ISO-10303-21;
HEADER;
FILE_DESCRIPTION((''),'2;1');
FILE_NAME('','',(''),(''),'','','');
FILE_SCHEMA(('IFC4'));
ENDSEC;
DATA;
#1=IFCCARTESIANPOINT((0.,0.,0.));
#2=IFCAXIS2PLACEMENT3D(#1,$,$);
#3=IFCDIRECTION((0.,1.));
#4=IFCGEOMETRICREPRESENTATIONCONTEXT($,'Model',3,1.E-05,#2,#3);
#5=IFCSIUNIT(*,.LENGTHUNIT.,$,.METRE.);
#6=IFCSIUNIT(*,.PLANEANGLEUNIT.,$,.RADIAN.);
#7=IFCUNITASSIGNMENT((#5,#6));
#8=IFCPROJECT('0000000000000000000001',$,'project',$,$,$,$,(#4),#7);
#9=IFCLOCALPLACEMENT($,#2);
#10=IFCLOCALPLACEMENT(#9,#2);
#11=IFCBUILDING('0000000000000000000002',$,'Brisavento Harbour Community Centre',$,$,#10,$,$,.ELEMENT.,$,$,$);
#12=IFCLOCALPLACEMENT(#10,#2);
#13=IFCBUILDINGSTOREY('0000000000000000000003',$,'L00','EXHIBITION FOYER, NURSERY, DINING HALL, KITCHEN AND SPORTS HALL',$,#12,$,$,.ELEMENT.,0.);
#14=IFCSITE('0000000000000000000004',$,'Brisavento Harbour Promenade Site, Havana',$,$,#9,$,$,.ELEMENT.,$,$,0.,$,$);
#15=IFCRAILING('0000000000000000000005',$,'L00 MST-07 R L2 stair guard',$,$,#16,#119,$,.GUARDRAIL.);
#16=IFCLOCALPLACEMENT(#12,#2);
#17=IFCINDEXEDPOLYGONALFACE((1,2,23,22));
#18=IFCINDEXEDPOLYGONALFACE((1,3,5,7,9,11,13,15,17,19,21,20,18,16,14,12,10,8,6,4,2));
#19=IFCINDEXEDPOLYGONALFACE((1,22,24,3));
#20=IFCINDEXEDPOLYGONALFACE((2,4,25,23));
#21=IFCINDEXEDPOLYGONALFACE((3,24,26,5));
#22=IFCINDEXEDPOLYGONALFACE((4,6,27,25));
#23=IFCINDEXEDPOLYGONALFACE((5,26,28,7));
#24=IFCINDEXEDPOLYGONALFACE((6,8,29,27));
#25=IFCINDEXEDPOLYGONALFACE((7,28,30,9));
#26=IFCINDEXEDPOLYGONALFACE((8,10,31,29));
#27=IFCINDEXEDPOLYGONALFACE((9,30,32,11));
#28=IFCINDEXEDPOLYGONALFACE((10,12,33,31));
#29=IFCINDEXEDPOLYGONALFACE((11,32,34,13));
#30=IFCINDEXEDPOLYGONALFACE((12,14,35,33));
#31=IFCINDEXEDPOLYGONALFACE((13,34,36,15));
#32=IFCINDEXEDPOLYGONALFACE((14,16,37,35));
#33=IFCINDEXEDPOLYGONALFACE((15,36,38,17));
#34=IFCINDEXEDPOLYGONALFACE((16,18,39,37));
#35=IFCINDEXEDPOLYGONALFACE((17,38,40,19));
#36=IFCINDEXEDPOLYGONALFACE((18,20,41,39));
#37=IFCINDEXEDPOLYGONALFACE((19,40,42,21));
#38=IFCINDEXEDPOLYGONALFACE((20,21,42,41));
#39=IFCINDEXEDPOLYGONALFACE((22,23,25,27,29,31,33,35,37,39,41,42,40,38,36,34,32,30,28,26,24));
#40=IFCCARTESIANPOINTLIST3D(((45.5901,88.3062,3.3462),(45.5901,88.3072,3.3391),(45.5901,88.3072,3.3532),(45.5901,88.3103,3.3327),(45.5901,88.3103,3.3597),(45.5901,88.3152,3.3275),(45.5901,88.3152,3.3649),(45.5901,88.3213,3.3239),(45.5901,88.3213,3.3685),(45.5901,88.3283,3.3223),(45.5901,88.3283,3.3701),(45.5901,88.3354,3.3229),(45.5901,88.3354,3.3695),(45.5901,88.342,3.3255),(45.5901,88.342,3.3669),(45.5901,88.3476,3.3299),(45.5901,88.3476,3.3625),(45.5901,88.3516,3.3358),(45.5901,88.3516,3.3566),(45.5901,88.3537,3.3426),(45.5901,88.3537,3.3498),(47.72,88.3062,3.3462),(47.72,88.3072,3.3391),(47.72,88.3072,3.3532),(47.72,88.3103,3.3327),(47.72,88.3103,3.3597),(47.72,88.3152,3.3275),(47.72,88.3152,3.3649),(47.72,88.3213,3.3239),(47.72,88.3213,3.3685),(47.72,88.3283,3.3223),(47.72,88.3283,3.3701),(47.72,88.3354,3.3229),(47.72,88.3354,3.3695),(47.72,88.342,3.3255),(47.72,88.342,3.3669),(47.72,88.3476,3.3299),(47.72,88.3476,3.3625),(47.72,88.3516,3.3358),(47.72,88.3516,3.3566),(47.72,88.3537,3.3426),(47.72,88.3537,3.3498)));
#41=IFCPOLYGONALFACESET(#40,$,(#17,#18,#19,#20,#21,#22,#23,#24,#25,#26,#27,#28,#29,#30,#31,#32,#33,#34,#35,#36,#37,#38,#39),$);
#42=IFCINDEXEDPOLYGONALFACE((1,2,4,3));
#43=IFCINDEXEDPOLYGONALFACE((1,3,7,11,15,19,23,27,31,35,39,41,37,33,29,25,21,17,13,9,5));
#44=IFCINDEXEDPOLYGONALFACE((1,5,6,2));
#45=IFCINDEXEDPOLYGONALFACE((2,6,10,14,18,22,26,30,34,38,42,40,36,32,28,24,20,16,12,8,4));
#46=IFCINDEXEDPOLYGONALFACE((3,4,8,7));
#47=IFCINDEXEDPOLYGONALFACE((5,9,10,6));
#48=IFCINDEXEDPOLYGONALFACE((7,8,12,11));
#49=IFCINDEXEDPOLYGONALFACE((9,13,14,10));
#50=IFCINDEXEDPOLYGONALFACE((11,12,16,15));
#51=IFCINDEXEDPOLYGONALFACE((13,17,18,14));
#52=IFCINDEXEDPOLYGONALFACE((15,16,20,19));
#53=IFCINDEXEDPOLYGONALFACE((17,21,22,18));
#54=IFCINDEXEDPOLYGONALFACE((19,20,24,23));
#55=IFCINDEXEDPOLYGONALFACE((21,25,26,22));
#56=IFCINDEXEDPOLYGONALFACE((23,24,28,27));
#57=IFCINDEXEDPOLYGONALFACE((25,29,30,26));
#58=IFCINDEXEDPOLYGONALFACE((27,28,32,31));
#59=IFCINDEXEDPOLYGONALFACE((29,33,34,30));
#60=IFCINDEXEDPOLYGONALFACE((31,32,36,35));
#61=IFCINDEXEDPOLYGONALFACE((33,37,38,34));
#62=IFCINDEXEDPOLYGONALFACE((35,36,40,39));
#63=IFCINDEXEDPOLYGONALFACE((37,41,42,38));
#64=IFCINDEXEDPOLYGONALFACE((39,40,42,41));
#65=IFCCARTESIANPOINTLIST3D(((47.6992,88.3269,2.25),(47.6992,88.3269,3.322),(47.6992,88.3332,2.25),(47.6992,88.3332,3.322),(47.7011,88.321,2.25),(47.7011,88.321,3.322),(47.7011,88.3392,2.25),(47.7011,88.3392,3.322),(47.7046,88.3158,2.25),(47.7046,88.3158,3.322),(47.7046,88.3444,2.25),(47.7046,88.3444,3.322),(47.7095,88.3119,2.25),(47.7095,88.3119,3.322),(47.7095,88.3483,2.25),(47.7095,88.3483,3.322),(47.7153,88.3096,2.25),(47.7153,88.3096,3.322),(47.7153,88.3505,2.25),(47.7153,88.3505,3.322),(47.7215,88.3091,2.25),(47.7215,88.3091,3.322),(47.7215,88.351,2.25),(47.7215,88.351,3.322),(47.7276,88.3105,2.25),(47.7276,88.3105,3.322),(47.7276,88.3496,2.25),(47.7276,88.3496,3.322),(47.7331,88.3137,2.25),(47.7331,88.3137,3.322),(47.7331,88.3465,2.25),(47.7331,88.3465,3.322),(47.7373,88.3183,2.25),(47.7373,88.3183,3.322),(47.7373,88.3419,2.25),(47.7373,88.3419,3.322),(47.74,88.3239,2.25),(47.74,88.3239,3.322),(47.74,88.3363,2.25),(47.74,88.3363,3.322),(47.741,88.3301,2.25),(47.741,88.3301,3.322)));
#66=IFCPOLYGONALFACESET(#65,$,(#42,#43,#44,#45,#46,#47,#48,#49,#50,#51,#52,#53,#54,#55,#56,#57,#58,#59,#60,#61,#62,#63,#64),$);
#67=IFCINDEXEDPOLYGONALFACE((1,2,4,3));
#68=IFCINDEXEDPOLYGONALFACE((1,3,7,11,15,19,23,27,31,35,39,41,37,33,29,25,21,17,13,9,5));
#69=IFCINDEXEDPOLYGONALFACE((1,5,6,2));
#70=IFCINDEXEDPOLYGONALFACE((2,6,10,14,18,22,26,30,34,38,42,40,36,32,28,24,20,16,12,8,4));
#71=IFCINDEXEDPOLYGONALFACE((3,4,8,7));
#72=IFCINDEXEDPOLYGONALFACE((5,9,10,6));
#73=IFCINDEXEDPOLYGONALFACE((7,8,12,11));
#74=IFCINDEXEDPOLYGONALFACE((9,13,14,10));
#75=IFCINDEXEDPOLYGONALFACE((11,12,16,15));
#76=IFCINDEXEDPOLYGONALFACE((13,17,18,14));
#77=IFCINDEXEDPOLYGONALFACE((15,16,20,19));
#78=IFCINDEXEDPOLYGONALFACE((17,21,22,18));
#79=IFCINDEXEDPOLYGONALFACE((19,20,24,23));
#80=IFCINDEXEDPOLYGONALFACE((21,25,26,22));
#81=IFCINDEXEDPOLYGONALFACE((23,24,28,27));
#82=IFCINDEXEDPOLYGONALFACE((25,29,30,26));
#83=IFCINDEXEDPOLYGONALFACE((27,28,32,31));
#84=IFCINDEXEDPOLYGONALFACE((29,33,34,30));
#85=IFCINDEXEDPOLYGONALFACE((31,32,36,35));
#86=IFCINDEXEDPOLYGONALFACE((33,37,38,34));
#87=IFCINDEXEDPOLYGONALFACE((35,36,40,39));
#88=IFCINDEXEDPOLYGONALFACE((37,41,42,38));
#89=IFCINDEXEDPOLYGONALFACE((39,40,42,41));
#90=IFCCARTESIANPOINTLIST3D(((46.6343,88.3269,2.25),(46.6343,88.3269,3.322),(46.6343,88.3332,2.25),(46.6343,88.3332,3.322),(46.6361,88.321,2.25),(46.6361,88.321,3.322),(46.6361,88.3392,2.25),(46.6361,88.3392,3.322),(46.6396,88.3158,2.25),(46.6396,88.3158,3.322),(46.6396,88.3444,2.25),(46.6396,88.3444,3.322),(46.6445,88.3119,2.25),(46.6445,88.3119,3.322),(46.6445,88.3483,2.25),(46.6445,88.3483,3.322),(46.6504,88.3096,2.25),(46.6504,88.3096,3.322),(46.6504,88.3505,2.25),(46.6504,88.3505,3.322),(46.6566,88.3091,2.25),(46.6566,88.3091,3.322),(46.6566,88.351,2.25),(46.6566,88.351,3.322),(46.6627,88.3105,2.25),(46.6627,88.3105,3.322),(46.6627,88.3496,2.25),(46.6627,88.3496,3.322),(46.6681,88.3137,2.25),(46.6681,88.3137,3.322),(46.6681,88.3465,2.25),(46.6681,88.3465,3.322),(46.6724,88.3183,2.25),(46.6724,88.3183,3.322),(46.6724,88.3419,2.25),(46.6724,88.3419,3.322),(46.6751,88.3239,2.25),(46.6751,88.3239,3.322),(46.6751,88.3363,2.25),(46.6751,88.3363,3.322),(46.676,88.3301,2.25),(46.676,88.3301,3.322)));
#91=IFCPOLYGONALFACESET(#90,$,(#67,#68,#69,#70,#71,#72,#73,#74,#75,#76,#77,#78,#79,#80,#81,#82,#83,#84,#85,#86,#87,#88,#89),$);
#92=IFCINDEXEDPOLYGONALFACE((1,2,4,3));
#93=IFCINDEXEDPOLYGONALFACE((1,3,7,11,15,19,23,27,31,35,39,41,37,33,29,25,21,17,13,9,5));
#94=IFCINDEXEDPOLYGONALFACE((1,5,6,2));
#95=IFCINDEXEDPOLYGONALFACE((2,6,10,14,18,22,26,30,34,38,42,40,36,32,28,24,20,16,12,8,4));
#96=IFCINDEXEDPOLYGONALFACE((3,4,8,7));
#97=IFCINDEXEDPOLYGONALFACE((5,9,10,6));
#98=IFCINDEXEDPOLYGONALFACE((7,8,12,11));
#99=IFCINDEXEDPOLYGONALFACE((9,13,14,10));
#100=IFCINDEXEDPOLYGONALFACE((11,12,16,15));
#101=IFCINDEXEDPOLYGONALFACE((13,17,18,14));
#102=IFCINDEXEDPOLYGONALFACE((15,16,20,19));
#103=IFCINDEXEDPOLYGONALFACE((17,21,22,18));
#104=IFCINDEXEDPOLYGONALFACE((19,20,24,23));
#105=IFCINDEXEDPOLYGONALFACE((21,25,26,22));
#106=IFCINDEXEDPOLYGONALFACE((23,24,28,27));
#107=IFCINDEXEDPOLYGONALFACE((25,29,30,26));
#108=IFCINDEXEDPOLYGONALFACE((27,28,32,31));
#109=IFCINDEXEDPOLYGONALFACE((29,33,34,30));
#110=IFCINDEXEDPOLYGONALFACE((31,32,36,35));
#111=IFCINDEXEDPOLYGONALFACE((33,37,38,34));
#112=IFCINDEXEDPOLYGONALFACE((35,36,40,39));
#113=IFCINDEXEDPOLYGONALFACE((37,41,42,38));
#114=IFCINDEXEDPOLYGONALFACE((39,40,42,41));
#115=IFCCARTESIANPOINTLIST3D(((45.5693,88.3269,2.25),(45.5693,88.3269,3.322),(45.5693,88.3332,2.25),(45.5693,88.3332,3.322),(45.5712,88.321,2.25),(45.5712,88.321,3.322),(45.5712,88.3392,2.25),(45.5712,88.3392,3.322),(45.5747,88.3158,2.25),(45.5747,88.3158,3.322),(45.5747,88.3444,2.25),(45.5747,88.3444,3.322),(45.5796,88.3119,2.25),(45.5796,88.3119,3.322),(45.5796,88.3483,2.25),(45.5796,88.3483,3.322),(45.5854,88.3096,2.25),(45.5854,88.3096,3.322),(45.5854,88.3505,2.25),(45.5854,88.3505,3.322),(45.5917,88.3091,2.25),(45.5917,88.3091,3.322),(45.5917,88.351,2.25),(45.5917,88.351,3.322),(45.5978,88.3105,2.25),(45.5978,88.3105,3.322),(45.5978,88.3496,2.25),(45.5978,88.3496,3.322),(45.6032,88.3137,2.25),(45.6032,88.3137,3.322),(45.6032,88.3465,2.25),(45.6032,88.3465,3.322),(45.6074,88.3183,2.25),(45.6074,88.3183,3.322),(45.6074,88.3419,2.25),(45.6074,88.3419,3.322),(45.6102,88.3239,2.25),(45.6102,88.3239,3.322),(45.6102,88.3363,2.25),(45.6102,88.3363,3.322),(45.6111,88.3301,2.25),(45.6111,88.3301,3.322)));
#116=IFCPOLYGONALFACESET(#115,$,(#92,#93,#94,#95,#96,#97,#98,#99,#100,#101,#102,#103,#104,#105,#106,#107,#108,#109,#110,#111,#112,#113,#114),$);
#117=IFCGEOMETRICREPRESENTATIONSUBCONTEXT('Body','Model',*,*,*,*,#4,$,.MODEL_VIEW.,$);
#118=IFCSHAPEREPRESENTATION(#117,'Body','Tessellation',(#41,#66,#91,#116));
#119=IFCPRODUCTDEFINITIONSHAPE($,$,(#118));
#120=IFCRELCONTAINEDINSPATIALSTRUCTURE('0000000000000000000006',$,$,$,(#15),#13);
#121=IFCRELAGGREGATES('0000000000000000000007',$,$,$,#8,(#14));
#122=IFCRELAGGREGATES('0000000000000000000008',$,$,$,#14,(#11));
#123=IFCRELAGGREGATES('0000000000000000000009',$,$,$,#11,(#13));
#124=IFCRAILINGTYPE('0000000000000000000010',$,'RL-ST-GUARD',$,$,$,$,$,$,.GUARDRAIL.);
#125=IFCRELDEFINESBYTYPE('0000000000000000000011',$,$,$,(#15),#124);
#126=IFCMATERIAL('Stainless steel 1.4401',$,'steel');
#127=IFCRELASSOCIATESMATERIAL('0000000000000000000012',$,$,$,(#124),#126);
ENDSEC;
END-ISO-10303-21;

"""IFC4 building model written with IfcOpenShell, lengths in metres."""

from ifc_helpers import new_model, si_unit, direction, frame, origin, origin_2d, place, context, subcontext, project, spatial, circle, extrude, material, type_object, element, save


model = new_model("IFC4")

# Units and contexts
model_context = context("Model", 3, precision=1e-05, world=origin(), true_north=direction((0.0, 1.0)))
body_context = subcontext(model_context, "Body", "Model", "MODEL_VIEW")
ifc_project = project(units=[si_unit("LENGTHUNIT", "METRE"), si_unit("PLANEANGLEUNIT", "RADIAN")], contexts=[model_context])

# Site, building, storey
site_placement = place(None, origin())
site = spatial("IfcSite", under=ifc_project, at=site_placement, Name="Brisavento Harbour Promenade Site, Havana", CompositionType="ELEMENT", RefElevation=0.0)
building_placement = place(site_placement, origin())
building = spatial("IfcBuilding", under=site, at=building_placement, Name="Brisavento Harbour Community Centre", CompositionType="ELEMENT")
storey_placement = place(building_placement, origin())
storey = spatial("IfcBuildingStorey", under=building, at=storey_placement, Name="L00", Description="EXHIBITION FOYER, NURSERY, DINING HALL, KITCHEN AND SPORTS HALL", CompositionType="ELEMENT", Elevation=0.0)

# Railing
ifc_material_1 = material(Name="Stainless steel 1.4401", Category="steel")
railing_type = type_object("IfcRailingType", Name="RL-ST-GUARD", PredefinedType="GUARDRAIL", material=ifc_material_1)
railing_1_placement = place(storey_placement, frame((47.72, 88.3301, 2.25)))
element("IfcRailing", 1, at=railing_1_placement, inside=storey, type_object=railing_type, Name="L00 MST-07 R L2 stair guard", PredefinedType="GUARDRAIL", context=body_context, shape_type="SweptSolid", body=[
    extrude(circle(Radius=0.0239, at=origin_2d()), frame((0.0, 0.0, 1.0962), z_axis=(-1.0, 0.0, 0.0), x_axis=(0.0, -1.0, 0.0)), (0.0, 0.0, 1.0), 2.1299),
    extrude(circle(Radius=0.021, at=origin_2d()), origin(), (0.0, 0.0, 1.0), 1.072),
    extrude(circle(Radius=0.021, at=origin_2d()), frame((-1.0649, 0.0, 0.0)), (0.0, 0.0, 1.0), 1.072),
    extrude(circle(Radius=0.021, at=origin_2d()), frame((-2.1299, 0.0, 0.0)), (0.0, 0.0, 1.0), 1.072),
])

save(model, "model.ifc")
